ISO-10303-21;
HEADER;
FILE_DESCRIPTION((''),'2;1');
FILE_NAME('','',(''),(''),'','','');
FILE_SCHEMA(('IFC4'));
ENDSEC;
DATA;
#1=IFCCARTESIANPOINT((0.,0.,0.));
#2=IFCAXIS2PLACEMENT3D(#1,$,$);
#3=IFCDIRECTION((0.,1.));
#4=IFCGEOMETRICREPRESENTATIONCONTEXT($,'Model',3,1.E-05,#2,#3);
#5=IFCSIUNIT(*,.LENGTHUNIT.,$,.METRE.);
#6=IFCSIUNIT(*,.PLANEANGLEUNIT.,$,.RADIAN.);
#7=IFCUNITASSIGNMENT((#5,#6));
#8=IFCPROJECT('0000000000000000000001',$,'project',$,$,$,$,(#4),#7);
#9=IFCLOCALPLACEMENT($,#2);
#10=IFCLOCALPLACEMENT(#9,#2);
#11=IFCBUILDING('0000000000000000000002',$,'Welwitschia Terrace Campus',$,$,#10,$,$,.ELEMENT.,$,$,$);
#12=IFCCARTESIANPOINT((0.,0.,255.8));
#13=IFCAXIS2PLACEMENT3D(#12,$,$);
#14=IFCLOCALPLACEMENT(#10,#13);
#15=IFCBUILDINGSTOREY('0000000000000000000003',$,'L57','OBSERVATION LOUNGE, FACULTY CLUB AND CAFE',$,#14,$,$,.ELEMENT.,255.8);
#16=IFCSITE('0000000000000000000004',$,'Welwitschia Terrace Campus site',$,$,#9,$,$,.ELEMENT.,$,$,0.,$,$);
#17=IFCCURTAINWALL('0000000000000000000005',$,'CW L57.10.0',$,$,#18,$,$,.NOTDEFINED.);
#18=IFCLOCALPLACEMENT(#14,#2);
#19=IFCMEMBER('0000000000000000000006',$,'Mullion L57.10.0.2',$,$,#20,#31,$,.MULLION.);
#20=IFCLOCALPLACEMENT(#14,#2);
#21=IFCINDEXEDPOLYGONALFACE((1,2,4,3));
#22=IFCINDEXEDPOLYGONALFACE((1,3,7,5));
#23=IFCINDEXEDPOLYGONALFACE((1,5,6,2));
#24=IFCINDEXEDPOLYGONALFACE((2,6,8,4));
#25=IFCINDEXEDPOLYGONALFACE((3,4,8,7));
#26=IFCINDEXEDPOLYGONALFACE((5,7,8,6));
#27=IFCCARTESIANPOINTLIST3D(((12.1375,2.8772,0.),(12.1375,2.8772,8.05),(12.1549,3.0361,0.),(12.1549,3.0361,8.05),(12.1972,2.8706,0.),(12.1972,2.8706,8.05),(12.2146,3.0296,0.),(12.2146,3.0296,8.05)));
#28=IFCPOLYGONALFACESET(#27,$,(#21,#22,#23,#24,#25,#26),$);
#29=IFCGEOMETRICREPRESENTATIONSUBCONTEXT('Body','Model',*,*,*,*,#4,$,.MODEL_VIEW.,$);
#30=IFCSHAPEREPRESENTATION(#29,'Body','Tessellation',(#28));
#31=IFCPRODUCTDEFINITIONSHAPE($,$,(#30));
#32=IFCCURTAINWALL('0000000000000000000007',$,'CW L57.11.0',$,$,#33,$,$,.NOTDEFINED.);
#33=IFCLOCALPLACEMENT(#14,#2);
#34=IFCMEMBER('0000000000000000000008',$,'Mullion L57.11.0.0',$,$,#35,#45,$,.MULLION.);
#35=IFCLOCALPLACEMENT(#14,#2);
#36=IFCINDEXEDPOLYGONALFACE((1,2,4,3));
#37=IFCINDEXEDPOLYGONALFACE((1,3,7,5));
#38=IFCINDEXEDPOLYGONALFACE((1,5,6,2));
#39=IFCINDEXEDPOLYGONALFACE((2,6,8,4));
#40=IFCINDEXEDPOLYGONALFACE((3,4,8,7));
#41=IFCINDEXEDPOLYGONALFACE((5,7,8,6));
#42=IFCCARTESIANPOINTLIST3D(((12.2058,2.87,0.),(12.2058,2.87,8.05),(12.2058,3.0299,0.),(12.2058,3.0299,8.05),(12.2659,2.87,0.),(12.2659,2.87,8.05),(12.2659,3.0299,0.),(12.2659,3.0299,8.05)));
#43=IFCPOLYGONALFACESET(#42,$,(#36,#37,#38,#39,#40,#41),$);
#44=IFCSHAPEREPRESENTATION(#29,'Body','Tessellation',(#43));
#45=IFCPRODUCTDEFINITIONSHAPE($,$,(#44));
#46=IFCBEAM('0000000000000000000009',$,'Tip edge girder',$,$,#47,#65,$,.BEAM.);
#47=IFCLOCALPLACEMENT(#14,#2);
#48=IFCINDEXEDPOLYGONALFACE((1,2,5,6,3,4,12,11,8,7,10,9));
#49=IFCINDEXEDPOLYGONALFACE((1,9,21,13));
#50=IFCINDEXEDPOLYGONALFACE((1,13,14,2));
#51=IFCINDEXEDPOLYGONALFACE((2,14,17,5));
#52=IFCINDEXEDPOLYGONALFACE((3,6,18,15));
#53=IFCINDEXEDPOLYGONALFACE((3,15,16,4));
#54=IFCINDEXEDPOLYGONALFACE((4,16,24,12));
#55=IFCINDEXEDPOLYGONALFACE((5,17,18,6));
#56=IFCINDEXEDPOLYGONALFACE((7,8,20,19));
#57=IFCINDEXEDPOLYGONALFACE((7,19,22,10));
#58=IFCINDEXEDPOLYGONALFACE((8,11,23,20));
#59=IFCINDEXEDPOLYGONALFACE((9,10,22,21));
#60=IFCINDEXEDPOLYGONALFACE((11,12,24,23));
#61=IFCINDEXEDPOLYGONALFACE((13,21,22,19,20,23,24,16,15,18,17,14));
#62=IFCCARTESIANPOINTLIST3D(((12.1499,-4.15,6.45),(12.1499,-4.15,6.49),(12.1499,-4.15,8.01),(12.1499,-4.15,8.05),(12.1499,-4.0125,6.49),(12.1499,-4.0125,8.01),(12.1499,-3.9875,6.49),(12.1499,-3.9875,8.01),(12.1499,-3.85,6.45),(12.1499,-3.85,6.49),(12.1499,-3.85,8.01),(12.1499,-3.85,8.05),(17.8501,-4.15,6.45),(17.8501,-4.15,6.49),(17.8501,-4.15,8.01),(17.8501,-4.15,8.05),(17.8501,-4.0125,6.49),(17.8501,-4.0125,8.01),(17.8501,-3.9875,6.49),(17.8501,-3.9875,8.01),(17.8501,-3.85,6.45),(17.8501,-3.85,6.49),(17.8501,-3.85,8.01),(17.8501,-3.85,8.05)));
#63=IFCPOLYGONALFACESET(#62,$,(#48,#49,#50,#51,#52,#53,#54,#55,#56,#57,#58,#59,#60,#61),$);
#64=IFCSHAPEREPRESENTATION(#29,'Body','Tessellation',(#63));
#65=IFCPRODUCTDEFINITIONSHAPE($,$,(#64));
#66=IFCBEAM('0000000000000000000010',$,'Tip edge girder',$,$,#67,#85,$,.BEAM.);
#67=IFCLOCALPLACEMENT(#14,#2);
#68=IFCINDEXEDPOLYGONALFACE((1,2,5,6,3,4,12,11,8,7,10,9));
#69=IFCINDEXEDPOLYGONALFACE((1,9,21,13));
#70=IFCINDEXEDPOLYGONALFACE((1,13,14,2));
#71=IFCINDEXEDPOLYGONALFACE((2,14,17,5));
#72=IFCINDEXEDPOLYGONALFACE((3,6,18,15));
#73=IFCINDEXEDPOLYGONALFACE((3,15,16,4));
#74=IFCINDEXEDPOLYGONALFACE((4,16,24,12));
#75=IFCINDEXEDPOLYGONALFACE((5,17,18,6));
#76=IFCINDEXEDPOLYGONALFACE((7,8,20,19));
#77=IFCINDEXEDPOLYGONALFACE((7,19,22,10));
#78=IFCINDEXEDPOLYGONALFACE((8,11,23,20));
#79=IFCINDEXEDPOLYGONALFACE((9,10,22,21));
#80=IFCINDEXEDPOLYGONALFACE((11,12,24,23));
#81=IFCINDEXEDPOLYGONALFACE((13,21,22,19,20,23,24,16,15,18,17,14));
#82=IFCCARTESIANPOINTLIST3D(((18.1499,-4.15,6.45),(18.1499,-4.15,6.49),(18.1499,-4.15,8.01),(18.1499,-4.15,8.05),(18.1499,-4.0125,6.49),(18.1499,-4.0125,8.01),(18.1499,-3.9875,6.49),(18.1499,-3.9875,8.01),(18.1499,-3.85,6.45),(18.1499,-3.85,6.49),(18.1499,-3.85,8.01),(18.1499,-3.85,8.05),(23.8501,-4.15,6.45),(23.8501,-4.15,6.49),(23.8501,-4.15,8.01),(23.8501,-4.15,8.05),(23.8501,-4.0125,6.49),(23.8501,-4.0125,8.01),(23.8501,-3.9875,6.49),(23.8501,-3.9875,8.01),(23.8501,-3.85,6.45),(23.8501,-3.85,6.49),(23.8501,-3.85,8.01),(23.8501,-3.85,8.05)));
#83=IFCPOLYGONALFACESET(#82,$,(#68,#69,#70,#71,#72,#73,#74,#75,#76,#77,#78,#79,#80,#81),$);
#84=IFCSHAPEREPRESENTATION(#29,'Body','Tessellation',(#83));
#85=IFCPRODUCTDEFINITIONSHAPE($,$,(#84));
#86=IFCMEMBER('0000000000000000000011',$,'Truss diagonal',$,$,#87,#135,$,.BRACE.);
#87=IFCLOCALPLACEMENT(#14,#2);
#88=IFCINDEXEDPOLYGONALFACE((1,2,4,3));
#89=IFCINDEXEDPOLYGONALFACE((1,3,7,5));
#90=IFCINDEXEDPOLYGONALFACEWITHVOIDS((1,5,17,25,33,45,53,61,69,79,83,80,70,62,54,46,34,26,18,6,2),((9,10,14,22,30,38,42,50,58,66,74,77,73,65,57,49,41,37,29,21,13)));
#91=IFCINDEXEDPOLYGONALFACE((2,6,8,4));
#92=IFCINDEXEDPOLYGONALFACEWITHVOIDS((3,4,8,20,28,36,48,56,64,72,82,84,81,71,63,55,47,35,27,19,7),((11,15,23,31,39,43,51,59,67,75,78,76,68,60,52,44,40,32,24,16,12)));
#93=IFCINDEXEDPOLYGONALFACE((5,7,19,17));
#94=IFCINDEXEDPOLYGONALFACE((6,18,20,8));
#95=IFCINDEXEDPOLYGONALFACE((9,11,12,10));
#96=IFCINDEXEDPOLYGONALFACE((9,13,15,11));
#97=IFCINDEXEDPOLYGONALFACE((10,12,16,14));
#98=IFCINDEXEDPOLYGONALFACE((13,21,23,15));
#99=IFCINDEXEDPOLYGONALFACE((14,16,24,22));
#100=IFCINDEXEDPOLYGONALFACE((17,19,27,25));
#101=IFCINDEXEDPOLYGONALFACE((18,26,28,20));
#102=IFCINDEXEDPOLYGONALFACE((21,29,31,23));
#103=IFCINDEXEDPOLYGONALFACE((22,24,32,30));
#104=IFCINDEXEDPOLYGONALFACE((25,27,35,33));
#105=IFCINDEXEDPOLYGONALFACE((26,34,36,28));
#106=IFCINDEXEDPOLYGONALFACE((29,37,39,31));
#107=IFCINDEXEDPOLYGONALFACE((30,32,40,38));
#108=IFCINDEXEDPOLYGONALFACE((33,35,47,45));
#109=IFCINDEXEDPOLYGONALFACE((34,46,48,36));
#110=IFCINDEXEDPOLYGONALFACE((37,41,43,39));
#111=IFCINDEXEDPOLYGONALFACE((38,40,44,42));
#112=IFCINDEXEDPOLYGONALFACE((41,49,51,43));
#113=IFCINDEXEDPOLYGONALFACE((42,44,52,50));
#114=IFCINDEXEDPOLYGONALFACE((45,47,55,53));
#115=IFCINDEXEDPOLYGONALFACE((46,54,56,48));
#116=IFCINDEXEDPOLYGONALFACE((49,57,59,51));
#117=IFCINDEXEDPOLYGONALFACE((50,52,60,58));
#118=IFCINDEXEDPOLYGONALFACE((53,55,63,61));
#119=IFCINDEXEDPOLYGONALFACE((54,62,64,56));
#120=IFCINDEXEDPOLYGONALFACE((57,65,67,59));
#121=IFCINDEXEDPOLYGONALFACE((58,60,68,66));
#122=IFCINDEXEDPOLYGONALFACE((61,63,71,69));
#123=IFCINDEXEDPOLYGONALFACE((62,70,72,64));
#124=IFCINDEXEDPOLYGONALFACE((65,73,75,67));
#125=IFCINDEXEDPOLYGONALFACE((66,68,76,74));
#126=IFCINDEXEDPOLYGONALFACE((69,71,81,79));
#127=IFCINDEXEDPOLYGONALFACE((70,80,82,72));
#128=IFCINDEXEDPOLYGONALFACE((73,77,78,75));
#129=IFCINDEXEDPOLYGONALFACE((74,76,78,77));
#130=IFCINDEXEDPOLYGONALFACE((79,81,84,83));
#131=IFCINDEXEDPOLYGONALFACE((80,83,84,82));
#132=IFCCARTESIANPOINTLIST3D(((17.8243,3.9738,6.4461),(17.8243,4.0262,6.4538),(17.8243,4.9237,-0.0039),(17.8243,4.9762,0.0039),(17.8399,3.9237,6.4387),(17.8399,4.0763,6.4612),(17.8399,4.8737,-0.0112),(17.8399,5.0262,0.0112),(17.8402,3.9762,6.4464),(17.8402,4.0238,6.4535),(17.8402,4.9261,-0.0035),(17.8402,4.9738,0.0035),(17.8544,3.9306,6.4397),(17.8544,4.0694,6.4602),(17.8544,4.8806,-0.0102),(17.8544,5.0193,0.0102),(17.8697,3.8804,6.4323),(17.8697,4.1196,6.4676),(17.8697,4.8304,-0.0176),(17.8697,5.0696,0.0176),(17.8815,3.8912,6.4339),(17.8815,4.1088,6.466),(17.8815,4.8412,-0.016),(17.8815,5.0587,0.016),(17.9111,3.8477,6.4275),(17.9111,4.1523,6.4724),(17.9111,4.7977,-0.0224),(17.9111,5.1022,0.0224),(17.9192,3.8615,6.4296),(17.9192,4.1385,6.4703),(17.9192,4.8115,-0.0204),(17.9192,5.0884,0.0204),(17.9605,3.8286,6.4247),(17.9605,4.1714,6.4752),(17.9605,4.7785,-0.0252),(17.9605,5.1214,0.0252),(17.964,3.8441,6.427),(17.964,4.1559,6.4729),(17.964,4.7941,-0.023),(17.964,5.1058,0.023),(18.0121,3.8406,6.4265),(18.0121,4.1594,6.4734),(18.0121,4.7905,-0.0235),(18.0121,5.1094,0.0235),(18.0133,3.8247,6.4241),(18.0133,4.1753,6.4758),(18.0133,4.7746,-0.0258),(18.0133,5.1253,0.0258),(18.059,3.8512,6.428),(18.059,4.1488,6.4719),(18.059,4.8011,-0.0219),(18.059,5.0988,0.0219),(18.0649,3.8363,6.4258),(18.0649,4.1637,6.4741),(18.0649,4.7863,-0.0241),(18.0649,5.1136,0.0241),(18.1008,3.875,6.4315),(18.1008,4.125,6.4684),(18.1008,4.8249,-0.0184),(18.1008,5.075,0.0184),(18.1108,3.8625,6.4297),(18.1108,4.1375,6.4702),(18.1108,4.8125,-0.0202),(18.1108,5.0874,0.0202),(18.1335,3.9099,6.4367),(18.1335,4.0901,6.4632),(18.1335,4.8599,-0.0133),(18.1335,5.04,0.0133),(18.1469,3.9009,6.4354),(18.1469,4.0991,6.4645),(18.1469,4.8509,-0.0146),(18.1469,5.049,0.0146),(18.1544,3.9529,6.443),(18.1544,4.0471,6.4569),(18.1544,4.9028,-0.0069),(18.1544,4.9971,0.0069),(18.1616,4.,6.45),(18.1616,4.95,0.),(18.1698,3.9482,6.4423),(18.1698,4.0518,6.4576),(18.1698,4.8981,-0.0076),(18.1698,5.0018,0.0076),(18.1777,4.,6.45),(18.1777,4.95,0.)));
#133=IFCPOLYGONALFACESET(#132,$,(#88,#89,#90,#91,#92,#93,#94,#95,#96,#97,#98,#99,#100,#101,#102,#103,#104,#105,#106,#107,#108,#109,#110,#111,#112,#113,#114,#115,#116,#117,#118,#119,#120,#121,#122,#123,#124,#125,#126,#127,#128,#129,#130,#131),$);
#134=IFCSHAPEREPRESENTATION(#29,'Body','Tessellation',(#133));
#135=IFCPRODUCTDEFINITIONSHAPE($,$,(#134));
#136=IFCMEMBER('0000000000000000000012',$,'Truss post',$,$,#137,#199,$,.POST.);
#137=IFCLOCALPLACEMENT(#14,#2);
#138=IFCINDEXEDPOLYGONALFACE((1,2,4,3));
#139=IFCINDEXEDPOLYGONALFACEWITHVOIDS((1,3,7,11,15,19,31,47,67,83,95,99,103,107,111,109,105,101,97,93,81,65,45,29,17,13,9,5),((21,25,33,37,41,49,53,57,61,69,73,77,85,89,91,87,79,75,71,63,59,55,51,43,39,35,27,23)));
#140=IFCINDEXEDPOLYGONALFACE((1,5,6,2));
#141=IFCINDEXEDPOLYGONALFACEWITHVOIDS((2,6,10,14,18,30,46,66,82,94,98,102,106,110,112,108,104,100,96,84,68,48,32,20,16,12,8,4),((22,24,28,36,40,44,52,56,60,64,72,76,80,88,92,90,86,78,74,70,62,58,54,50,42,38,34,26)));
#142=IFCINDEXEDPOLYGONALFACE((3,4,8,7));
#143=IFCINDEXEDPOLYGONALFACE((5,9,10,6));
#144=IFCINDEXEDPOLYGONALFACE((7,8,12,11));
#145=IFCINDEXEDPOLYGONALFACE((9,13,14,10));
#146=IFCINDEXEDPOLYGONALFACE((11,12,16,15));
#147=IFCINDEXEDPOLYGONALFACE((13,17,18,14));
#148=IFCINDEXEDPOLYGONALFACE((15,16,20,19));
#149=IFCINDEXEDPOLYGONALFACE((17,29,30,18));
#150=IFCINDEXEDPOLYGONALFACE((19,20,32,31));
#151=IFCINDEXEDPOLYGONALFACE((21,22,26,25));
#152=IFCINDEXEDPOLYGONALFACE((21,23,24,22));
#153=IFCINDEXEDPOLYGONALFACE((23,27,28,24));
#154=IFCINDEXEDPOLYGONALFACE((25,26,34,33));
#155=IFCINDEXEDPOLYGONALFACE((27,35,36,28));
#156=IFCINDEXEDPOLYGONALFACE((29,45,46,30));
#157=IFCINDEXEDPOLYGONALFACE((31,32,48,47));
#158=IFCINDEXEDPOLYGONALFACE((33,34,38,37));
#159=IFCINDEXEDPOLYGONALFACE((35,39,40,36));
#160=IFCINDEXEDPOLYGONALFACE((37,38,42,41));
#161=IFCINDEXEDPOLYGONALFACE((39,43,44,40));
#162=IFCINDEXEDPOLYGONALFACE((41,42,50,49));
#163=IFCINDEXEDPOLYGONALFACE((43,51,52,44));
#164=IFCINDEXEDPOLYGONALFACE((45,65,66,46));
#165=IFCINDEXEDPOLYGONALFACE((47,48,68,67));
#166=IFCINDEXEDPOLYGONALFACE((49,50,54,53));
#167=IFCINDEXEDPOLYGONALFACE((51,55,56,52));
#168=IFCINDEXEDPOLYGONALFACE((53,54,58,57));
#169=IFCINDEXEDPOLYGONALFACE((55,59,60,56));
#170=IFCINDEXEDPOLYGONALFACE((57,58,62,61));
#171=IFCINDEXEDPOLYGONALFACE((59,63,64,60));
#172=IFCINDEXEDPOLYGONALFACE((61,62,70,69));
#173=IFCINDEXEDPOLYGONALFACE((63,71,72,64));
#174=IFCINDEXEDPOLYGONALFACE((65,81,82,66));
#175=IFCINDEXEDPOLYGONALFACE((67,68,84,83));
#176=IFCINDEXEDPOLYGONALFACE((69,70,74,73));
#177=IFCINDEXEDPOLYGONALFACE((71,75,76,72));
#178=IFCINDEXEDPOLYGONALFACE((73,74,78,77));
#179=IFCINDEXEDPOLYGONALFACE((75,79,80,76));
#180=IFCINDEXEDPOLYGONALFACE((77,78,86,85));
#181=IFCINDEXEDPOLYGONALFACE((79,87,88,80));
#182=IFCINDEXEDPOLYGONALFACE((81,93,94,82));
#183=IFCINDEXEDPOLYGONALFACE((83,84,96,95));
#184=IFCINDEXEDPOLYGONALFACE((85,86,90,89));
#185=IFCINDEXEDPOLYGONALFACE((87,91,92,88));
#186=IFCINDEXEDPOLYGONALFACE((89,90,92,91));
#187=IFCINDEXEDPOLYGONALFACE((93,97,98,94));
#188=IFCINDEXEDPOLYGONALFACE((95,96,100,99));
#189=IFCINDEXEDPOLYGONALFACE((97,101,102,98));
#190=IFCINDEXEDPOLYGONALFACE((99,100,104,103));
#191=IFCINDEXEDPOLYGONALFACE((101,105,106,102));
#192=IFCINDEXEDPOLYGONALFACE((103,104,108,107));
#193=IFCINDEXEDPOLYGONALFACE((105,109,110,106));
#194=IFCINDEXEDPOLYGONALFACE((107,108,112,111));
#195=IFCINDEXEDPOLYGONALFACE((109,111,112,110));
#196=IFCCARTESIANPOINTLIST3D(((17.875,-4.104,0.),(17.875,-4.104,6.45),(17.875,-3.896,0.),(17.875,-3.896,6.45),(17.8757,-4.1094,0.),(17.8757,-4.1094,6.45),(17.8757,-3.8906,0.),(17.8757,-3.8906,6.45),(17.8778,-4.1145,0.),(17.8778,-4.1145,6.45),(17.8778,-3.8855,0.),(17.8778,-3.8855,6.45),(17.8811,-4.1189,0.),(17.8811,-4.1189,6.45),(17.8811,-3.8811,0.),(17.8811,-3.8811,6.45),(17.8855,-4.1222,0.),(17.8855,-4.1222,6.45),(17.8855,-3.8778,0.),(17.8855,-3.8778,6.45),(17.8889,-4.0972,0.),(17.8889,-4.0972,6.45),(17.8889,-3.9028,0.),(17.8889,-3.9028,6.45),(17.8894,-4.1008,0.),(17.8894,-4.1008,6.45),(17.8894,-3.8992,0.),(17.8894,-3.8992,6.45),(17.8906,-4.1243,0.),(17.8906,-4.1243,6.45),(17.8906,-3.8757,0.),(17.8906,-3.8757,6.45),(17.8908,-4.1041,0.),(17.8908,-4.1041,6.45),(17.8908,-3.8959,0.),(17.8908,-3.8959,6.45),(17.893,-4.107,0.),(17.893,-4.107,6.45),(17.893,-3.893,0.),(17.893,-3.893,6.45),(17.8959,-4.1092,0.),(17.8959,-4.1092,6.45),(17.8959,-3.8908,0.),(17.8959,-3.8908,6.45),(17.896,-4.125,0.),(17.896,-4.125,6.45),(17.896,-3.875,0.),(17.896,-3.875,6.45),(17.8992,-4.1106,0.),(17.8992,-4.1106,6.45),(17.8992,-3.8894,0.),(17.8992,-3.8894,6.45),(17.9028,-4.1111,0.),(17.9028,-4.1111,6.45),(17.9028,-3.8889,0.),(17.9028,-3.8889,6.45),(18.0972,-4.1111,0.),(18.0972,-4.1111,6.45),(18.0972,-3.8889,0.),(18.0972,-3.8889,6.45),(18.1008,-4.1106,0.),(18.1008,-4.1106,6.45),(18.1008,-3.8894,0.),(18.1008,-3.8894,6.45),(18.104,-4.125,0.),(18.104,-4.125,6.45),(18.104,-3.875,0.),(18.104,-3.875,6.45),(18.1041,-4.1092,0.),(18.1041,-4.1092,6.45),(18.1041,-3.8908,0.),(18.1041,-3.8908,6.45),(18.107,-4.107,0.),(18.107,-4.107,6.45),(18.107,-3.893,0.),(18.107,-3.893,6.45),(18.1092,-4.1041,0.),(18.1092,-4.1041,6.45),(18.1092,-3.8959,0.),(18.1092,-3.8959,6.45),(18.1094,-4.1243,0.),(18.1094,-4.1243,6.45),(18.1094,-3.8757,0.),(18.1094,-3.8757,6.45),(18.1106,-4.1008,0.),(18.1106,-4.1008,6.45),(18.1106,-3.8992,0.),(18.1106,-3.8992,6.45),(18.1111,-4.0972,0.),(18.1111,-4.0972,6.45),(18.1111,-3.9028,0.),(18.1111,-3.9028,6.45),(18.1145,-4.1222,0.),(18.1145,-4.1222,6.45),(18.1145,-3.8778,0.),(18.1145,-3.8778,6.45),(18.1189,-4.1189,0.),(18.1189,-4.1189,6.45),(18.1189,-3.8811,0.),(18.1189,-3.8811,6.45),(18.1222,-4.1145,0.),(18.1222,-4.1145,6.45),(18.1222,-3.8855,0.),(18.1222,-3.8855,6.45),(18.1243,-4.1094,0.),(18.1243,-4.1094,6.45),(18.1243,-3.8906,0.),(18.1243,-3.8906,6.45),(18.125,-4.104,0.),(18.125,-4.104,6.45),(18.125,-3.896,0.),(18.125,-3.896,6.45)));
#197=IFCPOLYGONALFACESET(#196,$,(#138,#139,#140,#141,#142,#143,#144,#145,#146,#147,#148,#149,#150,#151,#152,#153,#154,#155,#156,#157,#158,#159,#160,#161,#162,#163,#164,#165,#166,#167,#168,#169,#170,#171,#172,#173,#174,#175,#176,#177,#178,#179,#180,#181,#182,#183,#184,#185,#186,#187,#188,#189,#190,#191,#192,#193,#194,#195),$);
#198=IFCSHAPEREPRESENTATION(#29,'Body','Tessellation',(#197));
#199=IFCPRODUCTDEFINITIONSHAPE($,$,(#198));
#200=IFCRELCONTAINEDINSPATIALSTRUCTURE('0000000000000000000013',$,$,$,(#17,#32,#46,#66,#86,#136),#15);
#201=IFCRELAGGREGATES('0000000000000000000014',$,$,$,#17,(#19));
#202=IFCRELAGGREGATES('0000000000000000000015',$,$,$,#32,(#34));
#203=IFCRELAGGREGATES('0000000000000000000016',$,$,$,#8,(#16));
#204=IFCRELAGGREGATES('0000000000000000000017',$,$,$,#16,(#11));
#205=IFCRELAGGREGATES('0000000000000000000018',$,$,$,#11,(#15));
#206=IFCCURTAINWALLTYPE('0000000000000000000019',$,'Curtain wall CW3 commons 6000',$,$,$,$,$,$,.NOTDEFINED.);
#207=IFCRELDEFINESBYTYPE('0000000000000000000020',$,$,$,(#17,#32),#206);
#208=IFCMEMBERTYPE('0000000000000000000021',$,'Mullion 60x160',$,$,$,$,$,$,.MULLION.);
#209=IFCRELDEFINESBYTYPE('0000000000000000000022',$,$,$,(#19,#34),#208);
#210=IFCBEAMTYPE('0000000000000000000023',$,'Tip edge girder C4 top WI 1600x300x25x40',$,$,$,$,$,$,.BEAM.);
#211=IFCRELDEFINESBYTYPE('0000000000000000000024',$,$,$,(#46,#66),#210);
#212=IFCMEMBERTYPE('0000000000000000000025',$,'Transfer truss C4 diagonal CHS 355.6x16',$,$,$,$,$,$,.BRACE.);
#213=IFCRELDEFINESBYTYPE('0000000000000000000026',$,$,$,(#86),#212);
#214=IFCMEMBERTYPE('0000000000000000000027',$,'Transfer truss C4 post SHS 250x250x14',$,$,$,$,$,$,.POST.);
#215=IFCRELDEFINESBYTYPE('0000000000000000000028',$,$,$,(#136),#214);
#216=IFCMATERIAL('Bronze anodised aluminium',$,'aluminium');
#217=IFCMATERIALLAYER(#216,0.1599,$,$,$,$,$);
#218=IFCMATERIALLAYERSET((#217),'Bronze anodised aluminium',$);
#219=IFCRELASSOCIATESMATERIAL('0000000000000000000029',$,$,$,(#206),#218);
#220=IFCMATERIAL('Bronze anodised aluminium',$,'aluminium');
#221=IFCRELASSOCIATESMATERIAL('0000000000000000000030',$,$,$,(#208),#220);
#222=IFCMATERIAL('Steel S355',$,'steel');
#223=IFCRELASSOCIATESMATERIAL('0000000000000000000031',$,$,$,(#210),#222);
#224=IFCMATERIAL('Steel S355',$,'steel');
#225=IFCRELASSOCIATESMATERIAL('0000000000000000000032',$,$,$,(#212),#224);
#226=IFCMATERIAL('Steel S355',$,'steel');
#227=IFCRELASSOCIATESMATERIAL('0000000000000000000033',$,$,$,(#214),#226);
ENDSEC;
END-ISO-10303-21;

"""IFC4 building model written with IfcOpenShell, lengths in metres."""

from ifc_helpers import new_model, si_unit, direction, frame, origin, origin_2d, place, context, subcontext, project, spatial, rectangle, hollow_rectangle, hollow_circle, i_section, extrude, material, layer, layer_set, material_profile, profile_set, type_object, element, aggregate, save


model = new_model("IFC4")

# Units and contexts
model_context = context("Model", 3, precision=1e-05, world=origin(), true_north=direction((0.0, 1.0)))
body_context = subcontext(model_context, "Body", "Model", "MODEL_VIEW")
ifc_project = project(units=[si_unit("LENGTHUNIT", "METRE"), si_unit("PLANEANGLEUNIT", "RADIAN")], contexts=[model_context])

# Site, building, storey
site_placement = place(None, origin())
site = spatial("IfcSite", under=ifc_project, at=site_placement, Name="Welwitschia Terrace Campus site", CompositionType="ELEMENT", RefElevation=0.0)
building_placement = place(site_placement, origin())
building = spatial("IfcBuilding", under=site, at=building_placement, Name="Welwitschia Terrace Campus", CompositionType="ELEMENT")
storey_placement = place(building_placement, frame((0.0, 0.0, 255.8)))
storey = spatial("IfcBuildingStorey", under=building, at=storey_placement, Name="L57", Description="OBSERVATION LOUNGE, FACULTY CLUB AND CAFE", CompositionType="ELEMENT", Elevation=255.8)

# Curtain walls, members
ifc_material_1 = material(Name="Bronze anodised aluminium", Category="aluminium")
ifc_layer_1 = layer(ifc_material_1, 0.1599)
ifc_layer_set_1 = layer_set([ifc_layer_1], Name="Bronze anodised aluminium")
curtain_wall_type = type_object("IfcCurtainWallType", Name="Curtain wall CW3 commons 6000", PredefinedType="NOTDEFINED", material=ifc_layer_set_1)
curtain_wall_1_placement = place(storey_placement, origin())
curtain_wall_1 = element("IfcCurtainWall", 1, at=curtain_wall_1_placement, inside=storey, type_object=curtain_wall_type, Name="CW L57.10.0", PredefinedType="NOTDEFINED")
ifc_material_2 = material(Name="Bronze anodised aluminium", Category="aluminium")
ifc_material_profile_1 = material_profile(ifc_material_2, rectangle(XDim=0.1599, YDim=0.0601, at=origin_2d()))
ifc_profile_set_1 = profile_set([ifc_material_profile_1], Name="Bronze anodised aluminium")
member_type_1 = type_object("IfcMemberType", Name="Mullion 60x160", PredefinedType="MULLION", material=ifc_profile_set_1)
member_1_placement = place(storey_placement, frame((12.176, 2.9534, 0.0), z_axis=(0.0, 0.0, 1.0), x_axis=(0.108867, 0.994056, 0.0)))
member_1 = element("IfcMember", 2, at=member_1_placement, type_object=member_type_1, Name="Mullion L57.10.0.2", PredefinedType="MULLION", context=body_context, shape_type="SweptSolid", body=[
    extrude(rectangle(XDim=0.1599, YDim=0.0601, at=origin_2d()), origin(), (0.0, 0.0, 1.0), 8.05),
])
aggregate(curtain_wall_1, [member_1])
curtain_wall_2_placement = place(storey_placement, origin())
curtain_wall_2 = element("IfcCurtainWall", 3, at=curtain_wall_2_placement, inside=storey, type_object=curtain_wall_type, Name="CW L57.11.0", PredefinedType="NOTDEFINED")
member_2_placement = place(storey_placement, frame((12.2358, 2.95, 0.0), z_axis=(0.0, 0.0, 1.0), x_axis=(0.0, 1.0, 0.0)))
member_2 = element("IfcMember", 4, at=member_2_placement, type_object=member_type_1, Name="Mullion L57.11.0.0", PredefinedType="MULLION", context=body_context, shape_type="SweptSolid", body=[
    extrude(rectangle(XDim=0.1599, YDim=0.0601, at=origin_2d()), origin(), (0.0, 0.0, 1.0), 8.05),
])

# Beams
ifc_material_3 = material(Name="Steel S355", Category="steel")
ifc_material_profile_2 = material_profile(ifc_material_3, i_section(OverallWidth=0.3, OverallDepth=1.6001, WebThickness=0.0249, FlangeThickness=0.04, at=origin_2d()))
ifc_profile_set_2 = profile_set([ifc_material_profile_2], Name="Steel S355")
beam_type = type_object("IfcBeamType", Name="Tip edge girder C4 top WI 1600x300x25x40", PredefinedType="BEAM", material=ifc_profile_set_2)
for number, where, z_axis, x_axis, name in (
    (5, (12.1499, -4.0, 7.25), (1.0, 0.0, 0.0), (0.0, 1.0, 0.0), "Tip edge girder"),
    (6, (18.1499, -4.0, 7.25), (1.0, 0.0, 0.0), (0.0, 1.0, 0.0), "Tip edge girder"),
):
    element("IfcBeam", number, at=place(storey_placement, frame(where, z_axis=z_axis, x_axis=x_axis)), inside=storey, type_object=beam_type, Name=name, PredefinedType="BEAM", context=body_context, shape_type="SweptSolid", body=[
        extrude(i_section(OverallWidth=0.3, OverallDepth=1.6001, WebThickness=0.0249, FlangeThickness=0.04, at=origin_2d()), origin(), (0.0, 0.0, 1.0), 5.7002),
    ])

# Members
ifc_material_4 = material(Name="Steel S355", Category="steel")
ifc_material_profile_3 = material_profile(ifc_material_4, hollow_circle(Radius=0.1777, WallThickness=0.0161, at=origin_2d()))
ifc_profile_set_3 = profile_set([ifc_material_profile_3], Name="Steel S355")
member_type_2 = type_object("IfcMemberType", Name="Transfer truss C4 diagonal CHS 355.6x16", PredefinedType="BRACE", material=ifc_profile_set_3)
member_3_placement = place(storey_placement, frame((18.0, 4.95, 0.0), z_axis=(0.0, -0.145709, 0.989328), x_axis=(1.0, 0.0, 0.0)))
element("IfcMember", 7, at=member_3_placement, inside=storey, type_object=member_type_2, Name="Truss diagonal", PredefinedType="BRACE", context=body_context, shape_type="SweptSolid", body=[
    extrude(hollow_circle(Radius=0.1777, WallThickness=0.0161, at=origin_2d()), origin(), (0.0, 0.0, 1.0), 6.5195),
])
ifc_material_5 = material(Name="Steel S355", Category="steel")
ifc_material_profile_4 = material_profile(ifc_material_5, hollow_rectangle(XDim=0.25, YDim=0.25, WallThickness=0.0139, InnerFilletRadius=0.0139, OuterFilletRadius=0.021, at=origin_2d()))
ifc_profile_set_4 = profile_set([ifc_material_profile_4], Name="Steel S355")
member_type_3 = type_object("IfcMemberType", Name="Transfer truss C4 post SHS 250x250x14", PredefinedType="POST", material=ifc_profile_set_4)
for number, where, z_axis, x_axis, name in (
    (8, (18.0, -4.0, 0.0), (0.0, 0.0, 1.0), (1.0, 0.0, 0.0), "Truss post"),
):
    element("IfcMember", number, at=place(storey_placement, frame(where, z_axis=z_axis, x_axis=x_axis)), inside=storey, type_object=member_type_3, Name=name, PredefinedType="POST", context=body_context, shape_type="SweptSolid", body=[
        extrude(hollow_rectangle(XDim=0.25, YDim=0.25, WallThickness=0.0139, InnerFilletRadius=0.0139, OuterFilletRadius=0.021, at=origin_2d()), origin(), (0.0, 0.0, 1.0), 6.45),
    ])

aggregate(curtain_wall_2, [member_2])

save(model, "model.ifc")
